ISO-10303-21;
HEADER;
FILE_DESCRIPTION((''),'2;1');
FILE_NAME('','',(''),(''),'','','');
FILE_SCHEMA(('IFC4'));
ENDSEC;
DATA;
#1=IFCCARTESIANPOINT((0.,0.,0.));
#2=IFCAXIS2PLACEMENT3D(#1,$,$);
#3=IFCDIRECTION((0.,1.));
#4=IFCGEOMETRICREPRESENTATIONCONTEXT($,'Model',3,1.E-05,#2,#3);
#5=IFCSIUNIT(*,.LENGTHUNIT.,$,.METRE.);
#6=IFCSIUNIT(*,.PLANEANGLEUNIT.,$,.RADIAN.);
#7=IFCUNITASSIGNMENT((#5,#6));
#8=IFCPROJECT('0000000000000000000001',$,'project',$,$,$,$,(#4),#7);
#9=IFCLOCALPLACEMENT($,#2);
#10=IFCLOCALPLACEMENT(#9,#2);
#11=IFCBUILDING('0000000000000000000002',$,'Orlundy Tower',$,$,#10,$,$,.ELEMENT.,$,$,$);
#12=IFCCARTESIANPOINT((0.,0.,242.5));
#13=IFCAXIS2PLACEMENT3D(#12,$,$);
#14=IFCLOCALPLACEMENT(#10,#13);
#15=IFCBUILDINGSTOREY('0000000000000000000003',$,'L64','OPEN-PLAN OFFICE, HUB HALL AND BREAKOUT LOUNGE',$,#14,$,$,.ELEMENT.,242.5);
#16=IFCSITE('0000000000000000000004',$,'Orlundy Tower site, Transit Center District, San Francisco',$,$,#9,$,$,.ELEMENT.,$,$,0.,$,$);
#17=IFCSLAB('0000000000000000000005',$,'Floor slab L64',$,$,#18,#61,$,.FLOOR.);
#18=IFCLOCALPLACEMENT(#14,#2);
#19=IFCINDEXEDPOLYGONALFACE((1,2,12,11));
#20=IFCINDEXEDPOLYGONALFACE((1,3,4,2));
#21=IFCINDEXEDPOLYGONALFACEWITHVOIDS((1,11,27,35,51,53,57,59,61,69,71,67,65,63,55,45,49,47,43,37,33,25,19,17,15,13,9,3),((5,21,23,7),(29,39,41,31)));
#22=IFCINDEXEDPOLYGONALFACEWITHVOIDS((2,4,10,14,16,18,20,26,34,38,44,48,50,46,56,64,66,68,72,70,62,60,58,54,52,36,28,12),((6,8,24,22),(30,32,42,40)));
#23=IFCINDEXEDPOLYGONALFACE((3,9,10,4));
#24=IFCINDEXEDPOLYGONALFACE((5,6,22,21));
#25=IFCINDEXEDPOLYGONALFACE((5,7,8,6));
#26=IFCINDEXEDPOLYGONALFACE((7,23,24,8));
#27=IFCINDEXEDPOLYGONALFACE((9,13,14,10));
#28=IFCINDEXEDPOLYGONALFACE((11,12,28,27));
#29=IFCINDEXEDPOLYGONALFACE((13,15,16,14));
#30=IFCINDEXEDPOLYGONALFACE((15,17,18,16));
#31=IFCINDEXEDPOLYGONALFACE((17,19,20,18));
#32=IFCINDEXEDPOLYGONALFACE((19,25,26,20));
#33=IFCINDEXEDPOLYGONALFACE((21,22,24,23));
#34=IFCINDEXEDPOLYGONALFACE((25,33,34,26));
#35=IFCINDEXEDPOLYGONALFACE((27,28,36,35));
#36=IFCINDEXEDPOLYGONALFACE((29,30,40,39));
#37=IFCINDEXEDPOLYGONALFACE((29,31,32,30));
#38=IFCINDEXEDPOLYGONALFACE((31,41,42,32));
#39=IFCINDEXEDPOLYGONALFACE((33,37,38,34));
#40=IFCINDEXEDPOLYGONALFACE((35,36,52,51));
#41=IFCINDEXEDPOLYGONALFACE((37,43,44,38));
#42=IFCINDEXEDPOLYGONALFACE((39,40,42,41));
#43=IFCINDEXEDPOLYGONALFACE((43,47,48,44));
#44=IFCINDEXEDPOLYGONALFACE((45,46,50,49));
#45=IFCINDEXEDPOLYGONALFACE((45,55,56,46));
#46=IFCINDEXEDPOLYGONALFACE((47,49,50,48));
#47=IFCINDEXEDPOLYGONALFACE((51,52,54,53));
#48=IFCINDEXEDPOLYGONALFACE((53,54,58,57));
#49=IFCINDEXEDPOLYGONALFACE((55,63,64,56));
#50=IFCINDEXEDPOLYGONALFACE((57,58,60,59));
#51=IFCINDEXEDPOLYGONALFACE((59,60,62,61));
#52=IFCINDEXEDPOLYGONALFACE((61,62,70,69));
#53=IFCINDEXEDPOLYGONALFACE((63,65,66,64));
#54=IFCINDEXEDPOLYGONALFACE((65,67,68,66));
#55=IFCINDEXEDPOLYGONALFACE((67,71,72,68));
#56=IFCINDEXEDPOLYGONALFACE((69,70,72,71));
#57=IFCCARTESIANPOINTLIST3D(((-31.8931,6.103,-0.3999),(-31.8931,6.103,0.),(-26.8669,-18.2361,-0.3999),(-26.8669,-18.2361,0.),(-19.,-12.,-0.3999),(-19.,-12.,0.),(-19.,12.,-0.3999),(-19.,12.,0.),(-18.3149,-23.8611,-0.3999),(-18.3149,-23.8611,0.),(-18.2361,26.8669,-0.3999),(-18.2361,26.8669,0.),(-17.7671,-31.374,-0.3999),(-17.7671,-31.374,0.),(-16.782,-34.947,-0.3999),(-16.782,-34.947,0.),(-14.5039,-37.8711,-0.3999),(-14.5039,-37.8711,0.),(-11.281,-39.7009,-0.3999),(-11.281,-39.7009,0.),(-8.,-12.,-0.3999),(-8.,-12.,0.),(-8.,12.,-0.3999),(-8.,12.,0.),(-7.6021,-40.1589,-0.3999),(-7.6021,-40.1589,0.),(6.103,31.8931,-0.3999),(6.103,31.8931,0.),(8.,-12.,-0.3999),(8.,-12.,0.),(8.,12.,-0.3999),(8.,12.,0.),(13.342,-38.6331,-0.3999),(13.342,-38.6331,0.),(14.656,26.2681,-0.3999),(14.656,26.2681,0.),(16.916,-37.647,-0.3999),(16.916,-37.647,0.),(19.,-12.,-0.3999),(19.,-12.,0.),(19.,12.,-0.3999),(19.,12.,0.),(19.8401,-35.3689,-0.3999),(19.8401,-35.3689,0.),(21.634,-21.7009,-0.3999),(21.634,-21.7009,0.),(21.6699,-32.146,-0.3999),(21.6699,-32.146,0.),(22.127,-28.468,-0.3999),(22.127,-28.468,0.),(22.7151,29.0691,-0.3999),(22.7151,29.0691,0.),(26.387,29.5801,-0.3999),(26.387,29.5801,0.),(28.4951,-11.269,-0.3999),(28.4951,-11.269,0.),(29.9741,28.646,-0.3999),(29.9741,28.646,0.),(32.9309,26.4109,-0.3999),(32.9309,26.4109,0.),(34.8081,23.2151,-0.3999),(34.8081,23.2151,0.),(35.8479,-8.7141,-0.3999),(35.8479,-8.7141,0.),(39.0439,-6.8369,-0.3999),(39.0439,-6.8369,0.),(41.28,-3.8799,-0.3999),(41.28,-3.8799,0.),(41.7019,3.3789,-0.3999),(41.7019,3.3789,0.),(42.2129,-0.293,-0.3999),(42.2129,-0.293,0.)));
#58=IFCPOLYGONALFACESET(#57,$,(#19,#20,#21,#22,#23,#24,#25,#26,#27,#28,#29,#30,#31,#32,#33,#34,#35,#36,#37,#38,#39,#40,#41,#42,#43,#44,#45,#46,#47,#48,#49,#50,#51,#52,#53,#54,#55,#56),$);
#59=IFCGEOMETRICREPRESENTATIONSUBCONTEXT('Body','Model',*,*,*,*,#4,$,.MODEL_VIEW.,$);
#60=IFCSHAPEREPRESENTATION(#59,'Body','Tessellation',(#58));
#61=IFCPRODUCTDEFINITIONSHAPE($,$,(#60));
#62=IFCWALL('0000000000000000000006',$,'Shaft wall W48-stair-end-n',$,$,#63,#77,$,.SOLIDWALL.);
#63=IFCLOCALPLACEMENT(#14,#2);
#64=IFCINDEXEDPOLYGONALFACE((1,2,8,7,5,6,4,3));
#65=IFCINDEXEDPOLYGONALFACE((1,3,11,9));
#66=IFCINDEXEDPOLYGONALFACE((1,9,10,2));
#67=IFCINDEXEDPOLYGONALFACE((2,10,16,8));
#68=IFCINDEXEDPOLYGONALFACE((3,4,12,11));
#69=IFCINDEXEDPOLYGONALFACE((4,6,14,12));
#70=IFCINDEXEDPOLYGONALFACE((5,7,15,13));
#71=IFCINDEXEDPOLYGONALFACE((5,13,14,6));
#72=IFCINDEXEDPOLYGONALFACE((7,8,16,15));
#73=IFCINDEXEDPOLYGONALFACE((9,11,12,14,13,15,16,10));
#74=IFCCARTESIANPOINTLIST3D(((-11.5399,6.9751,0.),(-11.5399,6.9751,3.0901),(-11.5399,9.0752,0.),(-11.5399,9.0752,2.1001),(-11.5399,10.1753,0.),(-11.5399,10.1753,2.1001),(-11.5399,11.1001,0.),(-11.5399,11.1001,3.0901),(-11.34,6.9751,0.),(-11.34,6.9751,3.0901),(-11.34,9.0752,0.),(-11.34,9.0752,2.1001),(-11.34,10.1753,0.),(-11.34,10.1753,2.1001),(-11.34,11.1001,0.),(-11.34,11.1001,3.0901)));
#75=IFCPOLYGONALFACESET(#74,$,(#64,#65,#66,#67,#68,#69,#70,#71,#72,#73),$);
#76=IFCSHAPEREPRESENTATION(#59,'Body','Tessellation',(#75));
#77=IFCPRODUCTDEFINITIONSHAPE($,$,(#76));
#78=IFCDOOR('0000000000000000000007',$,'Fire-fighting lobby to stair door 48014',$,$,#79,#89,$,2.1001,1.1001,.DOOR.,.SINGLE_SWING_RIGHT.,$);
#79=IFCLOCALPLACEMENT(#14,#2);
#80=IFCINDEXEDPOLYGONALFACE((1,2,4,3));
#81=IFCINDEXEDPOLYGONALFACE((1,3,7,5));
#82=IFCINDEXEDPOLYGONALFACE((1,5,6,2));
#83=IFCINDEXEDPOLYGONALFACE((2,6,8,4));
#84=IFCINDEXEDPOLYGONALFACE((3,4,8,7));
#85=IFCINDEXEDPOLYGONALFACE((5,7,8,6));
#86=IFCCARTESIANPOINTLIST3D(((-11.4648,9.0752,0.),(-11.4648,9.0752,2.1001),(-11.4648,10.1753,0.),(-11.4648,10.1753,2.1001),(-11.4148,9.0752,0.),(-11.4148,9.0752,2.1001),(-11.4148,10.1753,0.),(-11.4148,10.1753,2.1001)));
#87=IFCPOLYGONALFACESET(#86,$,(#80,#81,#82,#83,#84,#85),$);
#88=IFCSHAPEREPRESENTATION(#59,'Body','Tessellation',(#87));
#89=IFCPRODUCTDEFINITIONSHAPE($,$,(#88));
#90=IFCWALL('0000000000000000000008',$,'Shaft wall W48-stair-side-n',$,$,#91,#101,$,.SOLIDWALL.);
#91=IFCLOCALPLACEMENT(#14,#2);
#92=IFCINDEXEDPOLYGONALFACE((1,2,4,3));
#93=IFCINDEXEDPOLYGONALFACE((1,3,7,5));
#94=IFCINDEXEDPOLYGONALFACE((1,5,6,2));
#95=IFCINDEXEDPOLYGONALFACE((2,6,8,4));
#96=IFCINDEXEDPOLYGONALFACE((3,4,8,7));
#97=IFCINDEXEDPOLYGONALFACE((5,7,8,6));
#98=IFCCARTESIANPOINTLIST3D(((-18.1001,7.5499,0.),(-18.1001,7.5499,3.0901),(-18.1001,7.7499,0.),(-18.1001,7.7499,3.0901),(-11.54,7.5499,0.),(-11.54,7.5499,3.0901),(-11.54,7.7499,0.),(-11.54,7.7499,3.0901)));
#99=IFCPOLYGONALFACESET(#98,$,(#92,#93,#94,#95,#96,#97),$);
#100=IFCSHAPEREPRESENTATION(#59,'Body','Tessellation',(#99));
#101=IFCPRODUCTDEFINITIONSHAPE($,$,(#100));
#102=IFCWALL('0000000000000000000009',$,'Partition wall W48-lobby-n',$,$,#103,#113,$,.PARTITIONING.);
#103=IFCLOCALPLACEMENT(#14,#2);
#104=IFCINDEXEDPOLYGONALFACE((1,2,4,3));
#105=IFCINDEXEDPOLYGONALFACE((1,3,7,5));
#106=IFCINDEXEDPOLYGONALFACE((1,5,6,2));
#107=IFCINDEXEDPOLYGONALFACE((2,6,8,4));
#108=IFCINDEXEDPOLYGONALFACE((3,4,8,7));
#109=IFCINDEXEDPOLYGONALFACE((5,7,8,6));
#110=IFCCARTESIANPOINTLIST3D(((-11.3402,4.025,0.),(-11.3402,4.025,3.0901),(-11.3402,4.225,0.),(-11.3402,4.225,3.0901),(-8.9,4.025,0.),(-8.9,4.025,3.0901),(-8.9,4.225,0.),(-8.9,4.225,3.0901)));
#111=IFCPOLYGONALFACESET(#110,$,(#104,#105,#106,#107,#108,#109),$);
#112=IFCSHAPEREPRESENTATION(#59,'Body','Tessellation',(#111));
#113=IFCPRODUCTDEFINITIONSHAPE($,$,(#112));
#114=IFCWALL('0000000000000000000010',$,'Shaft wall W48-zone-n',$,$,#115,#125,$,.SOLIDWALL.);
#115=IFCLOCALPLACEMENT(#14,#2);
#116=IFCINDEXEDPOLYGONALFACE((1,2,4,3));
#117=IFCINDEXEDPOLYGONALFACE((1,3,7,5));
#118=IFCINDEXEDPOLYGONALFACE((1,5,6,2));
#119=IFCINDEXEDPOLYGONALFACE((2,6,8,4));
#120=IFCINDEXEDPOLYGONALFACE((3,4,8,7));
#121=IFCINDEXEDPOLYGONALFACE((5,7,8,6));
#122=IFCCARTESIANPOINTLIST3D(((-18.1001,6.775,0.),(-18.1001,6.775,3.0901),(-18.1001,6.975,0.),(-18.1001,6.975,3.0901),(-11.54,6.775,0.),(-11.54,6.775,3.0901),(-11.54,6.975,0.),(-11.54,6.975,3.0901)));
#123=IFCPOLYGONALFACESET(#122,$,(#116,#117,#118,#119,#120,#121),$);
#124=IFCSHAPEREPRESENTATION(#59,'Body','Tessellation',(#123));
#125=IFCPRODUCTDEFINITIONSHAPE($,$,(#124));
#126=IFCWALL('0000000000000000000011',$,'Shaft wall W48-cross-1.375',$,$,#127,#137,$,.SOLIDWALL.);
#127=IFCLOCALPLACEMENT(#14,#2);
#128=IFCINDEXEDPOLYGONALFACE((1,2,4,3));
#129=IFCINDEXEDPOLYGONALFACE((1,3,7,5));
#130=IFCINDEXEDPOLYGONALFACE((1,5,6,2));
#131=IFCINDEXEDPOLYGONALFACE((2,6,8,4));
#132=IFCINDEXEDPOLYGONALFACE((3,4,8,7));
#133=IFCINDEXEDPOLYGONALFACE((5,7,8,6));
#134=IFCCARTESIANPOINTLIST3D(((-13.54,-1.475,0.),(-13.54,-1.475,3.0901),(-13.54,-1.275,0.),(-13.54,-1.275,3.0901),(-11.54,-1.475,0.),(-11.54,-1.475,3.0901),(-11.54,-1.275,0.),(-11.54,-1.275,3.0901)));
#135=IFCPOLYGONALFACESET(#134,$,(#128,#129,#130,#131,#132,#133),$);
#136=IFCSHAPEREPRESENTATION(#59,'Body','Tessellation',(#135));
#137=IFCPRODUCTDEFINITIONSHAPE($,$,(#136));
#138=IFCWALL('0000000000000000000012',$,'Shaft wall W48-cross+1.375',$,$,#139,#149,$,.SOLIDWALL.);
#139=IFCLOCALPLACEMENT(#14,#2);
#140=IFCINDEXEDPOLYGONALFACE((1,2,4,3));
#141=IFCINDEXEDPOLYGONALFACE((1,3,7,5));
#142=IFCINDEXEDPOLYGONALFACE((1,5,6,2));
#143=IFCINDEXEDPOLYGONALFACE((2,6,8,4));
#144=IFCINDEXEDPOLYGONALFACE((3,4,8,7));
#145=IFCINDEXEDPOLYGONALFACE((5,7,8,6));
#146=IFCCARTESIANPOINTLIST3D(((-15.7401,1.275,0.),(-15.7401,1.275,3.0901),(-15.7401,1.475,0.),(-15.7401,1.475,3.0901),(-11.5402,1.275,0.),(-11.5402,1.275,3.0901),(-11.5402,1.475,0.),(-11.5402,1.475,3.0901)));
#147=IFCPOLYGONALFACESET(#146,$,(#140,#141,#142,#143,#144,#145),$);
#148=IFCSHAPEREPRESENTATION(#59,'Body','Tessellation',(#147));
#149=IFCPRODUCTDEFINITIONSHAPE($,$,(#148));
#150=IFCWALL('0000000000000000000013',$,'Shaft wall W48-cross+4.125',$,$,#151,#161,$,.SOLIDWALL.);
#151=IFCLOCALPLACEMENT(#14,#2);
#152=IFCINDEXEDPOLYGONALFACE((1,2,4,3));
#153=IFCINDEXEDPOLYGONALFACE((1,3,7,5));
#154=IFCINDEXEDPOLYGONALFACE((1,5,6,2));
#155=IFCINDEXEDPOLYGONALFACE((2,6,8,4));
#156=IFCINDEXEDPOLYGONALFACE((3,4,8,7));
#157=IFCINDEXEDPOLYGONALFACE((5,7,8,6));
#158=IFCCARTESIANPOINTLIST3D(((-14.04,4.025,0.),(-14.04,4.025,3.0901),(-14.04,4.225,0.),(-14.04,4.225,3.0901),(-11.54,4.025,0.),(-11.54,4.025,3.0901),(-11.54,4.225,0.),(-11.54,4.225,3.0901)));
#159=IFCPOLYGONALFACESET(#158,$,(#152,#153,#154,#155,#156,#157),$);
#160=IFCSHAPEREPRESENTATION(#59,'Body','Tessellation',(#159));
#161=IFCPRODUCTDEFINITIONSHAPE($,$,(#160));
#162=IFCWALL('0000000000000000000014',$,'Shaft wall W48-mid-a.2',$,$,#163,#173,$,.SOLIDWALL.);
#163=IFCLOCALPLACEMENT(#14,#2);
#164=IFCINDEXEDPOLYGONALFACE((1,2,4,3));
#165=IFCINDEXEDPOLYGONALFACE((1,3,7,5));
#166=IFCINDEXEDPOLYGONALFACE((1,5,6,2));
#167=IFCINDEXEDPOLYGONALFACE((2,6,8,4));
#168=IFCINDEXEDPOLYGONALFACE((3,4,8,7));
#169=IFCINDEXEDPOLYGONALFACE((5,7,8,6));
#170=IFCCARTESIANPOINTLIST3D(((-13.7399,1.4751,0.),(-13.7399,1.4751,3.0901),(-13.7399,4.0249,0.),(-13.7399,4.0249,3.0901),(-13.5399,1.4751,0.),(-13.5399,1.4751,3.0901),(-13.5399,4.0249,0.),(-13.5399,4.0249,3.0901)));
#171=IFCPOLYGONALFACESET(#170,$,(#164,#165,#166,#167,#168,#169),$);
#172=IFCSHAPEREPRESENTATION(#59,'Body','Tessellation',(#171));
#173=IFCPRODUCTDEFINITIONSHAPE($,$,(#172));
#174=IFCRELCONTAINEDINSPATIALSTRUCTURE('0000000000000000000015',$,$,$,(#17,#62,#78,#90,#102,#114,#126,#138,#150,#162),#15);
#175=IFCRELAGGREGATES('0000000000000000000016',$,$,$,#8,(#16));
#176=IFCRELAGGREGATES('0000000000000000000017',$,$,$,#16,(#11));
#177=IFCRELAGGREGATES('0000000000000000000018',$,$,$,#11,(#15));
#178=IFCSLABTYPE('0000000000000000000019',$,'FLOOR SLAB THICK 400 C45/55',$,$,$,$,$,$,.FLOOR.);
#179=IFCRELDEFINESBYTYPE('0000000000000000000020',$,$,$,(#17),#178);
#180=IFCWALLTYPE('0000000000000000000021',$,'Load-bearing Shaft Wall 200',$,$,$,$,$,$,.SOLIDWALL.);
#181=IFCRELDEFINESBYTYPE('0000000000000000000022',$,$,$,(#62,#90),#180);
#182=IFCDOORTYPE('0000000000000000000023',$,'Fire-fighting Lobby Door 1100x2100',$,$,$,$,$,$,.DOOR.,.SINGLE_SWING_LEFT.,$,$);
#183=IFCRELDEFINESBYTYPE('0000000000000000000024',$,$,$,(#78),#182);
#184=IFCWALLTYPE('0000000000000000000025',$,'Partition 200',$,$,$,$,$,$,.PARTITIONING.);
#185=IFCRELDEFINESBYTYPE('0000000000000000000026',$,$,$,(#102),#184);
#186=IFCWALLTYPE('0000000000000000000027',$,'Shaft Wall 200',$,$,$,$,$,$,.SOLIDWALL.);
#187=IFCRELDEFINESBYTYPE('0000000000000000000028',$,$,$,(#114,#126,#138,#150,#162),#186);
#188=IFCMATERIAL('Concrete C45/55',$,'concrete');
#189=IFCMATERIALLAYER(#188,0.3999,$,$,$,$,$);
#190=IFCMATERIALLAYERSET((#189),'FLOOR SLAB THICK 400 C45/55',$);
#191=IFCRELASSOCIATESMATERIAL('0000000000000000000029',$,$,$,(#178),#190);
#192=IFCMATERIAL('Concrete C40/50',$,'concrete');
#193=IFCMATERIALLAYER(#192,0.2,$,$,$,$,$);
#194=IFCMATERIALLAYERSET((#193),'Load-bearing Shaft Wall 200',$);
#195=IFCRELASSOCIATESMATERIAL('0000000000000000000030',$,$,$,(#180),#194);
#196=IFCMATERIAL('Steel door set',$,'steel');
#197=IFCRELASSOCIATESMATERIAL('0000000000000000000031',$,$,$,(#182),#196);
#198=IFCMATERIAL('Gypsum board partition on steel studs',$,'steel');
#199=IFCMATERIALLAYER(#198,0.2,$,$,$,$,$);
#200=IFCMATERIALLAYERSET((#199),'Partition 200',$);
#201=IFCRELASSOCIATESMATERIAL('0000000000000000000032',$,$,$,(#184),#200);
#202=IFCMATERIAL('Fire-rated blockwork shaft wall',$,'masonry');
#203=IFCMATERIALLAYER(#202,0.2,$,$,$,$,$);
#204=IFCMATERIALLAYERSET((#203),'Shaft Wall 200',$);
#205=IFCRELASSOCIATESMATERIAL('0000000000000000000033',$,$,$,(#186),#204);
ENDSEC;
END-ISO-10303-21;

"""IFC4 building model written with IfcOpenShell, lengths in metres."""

from ifc_helpers import new_model, si_unit, direction, frame, frame_2d, origin, place, context, subcontext, project, spatial, polyline, rectangle, outline, extrude, material, layer, layer_set, type_object, element, fill, save


model = new_model("IFC4")

# Units and contexts
model_context = context("Model", 3, precision=1e-05, world=origin(), true_north=direction((0.0, 1.0)))
body_context = subcontext(model_context, "Body", "Model", "MODEL_VIEW")
ifc_project = project(units=[si_unit("LENGTHUNIT", "METRE"), si_unit("PLANEANGLEUNIT", "RADIAN")], contexts=[model_context])

# Site, building, storey
site_placement = place(None, origin())
site = spatial("IfcSite", under=ifc_project, at=site_placement, Name="Orlundy Tower site, Transit Center District, San Francisco", CompositionType="ELEMENT", RefElevation=0.0)
building_placement = place(site_placement, origin())
building = spatial("IfcBuilding", under=site, at=building_placement, Name="Orlundy Tower", CompositionType="ELEMENT")
storey_placement = place(building_placement, frame((0.0, 0.0, 242.5)))
storey = spatial("IfcBuildingStorey", under=building, at=storey_placement, Name="L64", Description="OPEN-PLAN OFFICE, HUB HALL AND BREAKOUT LOUNGE", CompositionType="ELEMENT", Elevation=242.5)

# Slab
ifc_material_1 = material(Name="Concrete C45/55", Category="concrete")
ifc_layer_1 = layer(ifc_material_1, 0.3999)
ifc_layer_set_1 = layer_set([ifc_layer_1], Name="FLOOR SLAB THICK 400 C45/55")
slab_type_1 = type_object("IfcSlabType", Name="FLOOR SLAB THICK 400 C45/55", PredefinedType="FLOOR", material=ifc_layer_set_1)
slab_1_placement = place(storey_placement, frame((0.0, 0.0, -0.3999)))
element("IfcSlab", 1, at=slab_1_placement, inside=storey, type_object=slab_type_1, Name="Floor slab L64", PredefinedType="FLOOR", context=body_context, shape_type="SweptSolid", body=[
    extrude(outline(polyline([(28.4951, -11.269), (21.634, -21.7009), (22.127, -28.468), (21.6699, -32.146), (19.8401, -35.3689), (16.916, -37.647), (13.342, -38.6331), (-7.6021, -40.1589), (-11.281, -39.7009), (-14.5039, -37.8711), (-16.782, -34.947), (-17.7671, -31.374), (-18.3149, -23.8611), (-26.8669, -18.2361), (-31.8931, 6.103), (-18.2361, 26.8669), (6.103, 31.8931), (14.656, 26.2681), (22.7151, 29.0691), (26.387, 29.5801), (29.9741, 28.646), (32.9309, 26.4109), (34.8081, 23.2151), (41.7019, 3.3789), (42.2129, -0.293), (41.28, -3.8799), (39.0439, -6.8369), (35.8479, -8.7141), (28.4951, -11.269)]), holes=[polyline([(-8.0, -12.0), (-8.0, 12.0), (-19.0, 12.0), (-19.0, -12.0), (-8.0, -12.0)]), polyline([(19.0, -12.0), (19.0, 12.0), (8.0, 12.0), (8.0, -12.0), (19.0, -12.0)])]), origin(), (0.0, 0.0, 1.0), 0.3999),
])

# Wall, opening, door
ifc_material_2 = material(Name="Concrete C40/50", Category="concrete")
ifc_layer_2 = layer(ifc_material_2, 0.2)
ifc_layer_set_2 = layer_set([ifc_layer_2], Name="Load-bearing Shaft Wall 200")
wall_type_1 = type_object("IfcWallType", Name="Load-bearing Shaft Wall 200", PredefinedType="SOLIDWALL", material=ifc_layer_set_2)
wall_1_placement = place(storey_placement, frame((-11.4399, 6.9751, 0.0), z_axis=(0.0, 0.0, 1.0), x_axis=(0.0, 1.0, 0.0)))
wall_1 = element("IfcWall", 2, at=wall_1_placement, inside=storey, type_object=wall_type_1, Name="Shaft wall W48-stair-end-n", PredefinedType="SOLIDWALL", context=body_context, shape_type="SweptSolid", body=[
    extrude(rectangle(XDim=4.125, YDim=0.2, at=frame_2d((2.0625, 0.0))), origin(), (0.0, 0.0, 1.0), 3.0901),
])
opening_placement = place(wall_1_placement, frame((2.1001, 0.0, 0.0)))
opening = element("IfcOpeningElement", 3, at=opening_placement, cuts=wall_1, PredefinedType="OPENING", context=body_context, shape_type="SweptSolid", body=[
    extrude(rectangle(XDim=1.1001, YDim=2.1001, at=frame_2d((0.55, 1.05))), frame((0.0, 0.1101, 0.0), z_axis=(0.0, -1.0, 0.0), x_axis=(1.0, 0.0, 0.0)), (0.0, 0.0, 1.0), 0.2202),
])
ifc_material_3 = material(Name="Steel door set", Category="steel")
door_type = type_object("IfcDoorType", Name="Fire-fighting Lobby Door 1100x2100", OperationType="SINGLE_SWING_LEFT", PredefinedType="DOOR", material=ifc_material_3)
door_placement = place(opening_placement, origin())
door = element("IfcDoor", 4, at=door_placement, inside=storey, type_object=door_type, Name="Fire-fighting lobby to stair door 48014", OperationType="SINGLE_SWING_RIGHT", OverallHeight=2.1001, OverallWidth=1.1001, PredefinedType="DOOR", context=body_context, shape_type="SweptSolid", body=[
    extrude(rectangle(XDim=1.1001, YDim=2.1001, at=frame_2d((0.55, 1.05))), frame((0.0, 0.0249, 0.0), z_axis=(0.0, -1.0, 0.0), x_axis=(1.0, 0.0, 0.0)), (0.0, 0.0, 1.0), 0.05),
])
fill(opening, door)

# Walls
wall_2_placement = place(storey_placement, frame((-11.54, 7.6499, 0.0), z_axis=(0.0, 0.0, 1.0), x_axis=(-1.0, 0.0, 0.0)))
element("IfcWall", 5, at=wall_2_placement, inside=storey, type_object=wall_type_1, Name="Shaft wall W48-stair-side-n", PredefinedType="SOLIDWALL", context=body_context, shape_type="SweptSolid", body=[
    extrude(rectangle(XDim=6.5601, YDim=0.2, at=frame_2d((3.28, 0.0))), origin(), (0.0, 0.0, 1.0), 3.0901),
])
ifc_material_4 = material(Name="Gypsum board partition on steel studs", Category="steel")
ifc_layer_3 = layer(ifc_material_4, 0.2)
ifc_layer_set_3 = layer_set([ifc_layer_3], Name="Partition 200")
wall_type_2 = type_object("IfcWallType", Name="Partition 200", PredefinedType="PARTITIONING", material=ifc_layer_set_3)
wall_3_placement = place(storey_placement, frame((-8.8999, 4.125, 0.0), z_axis=(0.0, 0.0, 1.0), x_axis=(-1.0, 0.0, 0.0)))
element("IfcWall", 6, at=wall_3_placement, inside=storey, type_object=wall_type_2, Name="Partition wall W48-lobby-n", PredefinedType="PARTITIONING", context=body_context, shape_type="SweptSolid", body=[
    extrude(rectangle(XDim=2.4402, YDim=0.2, at=frame_2d((1.2202, 0.0))), origin(), (0.0, 0.0, 1.0), 3.0901),
])
ifc_material_5 = material(Name="Fire-rated blockwork shaft wall", Category="masonry")
ifc_layer_4 = layer(ifc_material_5, 0.2)
ifc_layer_set_4 = layer_set([ifc_layer_4], Name="Shaft Wall 200")
wall_type_3 = type_object("IfcWallType", Name="Shaft Wall 200", PredefinedType="SOLIDWALL", material=ifc_layer_set_4)
wall_4_placement = place(storey_placement, frame((-11.54, 6.875, 0.0), z_axis=(0.0, 0.0, 1.0), x_axis=(-1.0, 0.0, 0.0)))
element("IfcWall", 7, at=wall_4_placement, inside=storey, type_object=wall_type_3, Name="Shaft wall W48-zone-n", PredefinedType="SOLIDWALL", context=body_context, shape_type="SweptSolid", body=[
    extrude(rectangle(XDim=6.5601, YDim=0.2, at=frame_2d((3.28, 0.0))), origin(), (0.0, 0.0, 1.0), 3.0901),
])
wall_5_placement = place(storey_placement, frame((-11.54, -1.375, 0.0), z_axis=(0.0, 0.0, 1.0), x_axis=(-1.0, 0.0, 0.0)))
element("IfcWall", 8, at=wall_5_placement, inside=storey, type_object=wall_type_3, Name="Shaft wall W48-cross-1.375", PredefinedType="SOLIDWALL", context=body_context, shape_type="SweptSolid", body=[
    extrude(rectangle(XDim=2.0, YDim=0.2, at=frame_2d((1.0, 0.0))), origin(), (0.0, 0.0, 1.0), 3.0901),
])
wall_6_placement = place(storey_placement, frame((-11.54, 1.375, 0.0), z_axis=(0.0, 0.0, 1.0), x_axis=(-1.0, 0.0, 0.0)))
element("IfcWall", 9, at=wall_6_placement, inside=storey, type_object=wall_type_3, Name="Shaft wall W48-cross+1.375", PredefinedType="SOLIDWALL", context=body_context, shape_type="SweptSolid", body=[
    extrude(rectangle(XDim=4.2, YDim=0.2, at=frame_2d((2.1001, 0.0))), origin(), (0.0, 0.0, 1.0), 3.0901),
])
wall_7_placement = place(storey_placement, frame((-11.54, 4.125, 0.0), z_axis=(0.0, 0.0, 1.0), x_axis=(-1.0, 0.0, 0.0)))
element("IfcWall", 10, at=wall_7_placement, inside=storey, type_object=wall_type_3, Name="Shaft wall W48-cross+4.125", PredefinedType="SOLIDWALL", context=body_context, shape_type="SweptSolid", body=[
    extrude(rectangle(XDim=2.5, YDim=0.2, at=frame_2d((1.25, 0.0))), origin(), (0.0, 0.0, 1.0), 3.0901),
])
wall_8_placement = place(storey_placement, frame((-13.6399, 1.4751, 0.0), z_axis=(0.0, 0.0, 1.0), x_axis=(0.0, 1.0, 0.0)))
element("IfcWall", 11, at=wall_8_placement, inside=storey, type_object=wall_type_3, Name="Shaft wall W48-mid-a.2", PredefinedType="SOLIDWALL", context=body_context, shape_type="SweptSolid", body=[
    extrude(rectangle(XDim=2.5498, YDim=0.2, at=frame_2d((1.2749, 0.0))), origin(), (0.0, 0.0, 1.0), 3.0901),
])

save(model, "model.ifc")
